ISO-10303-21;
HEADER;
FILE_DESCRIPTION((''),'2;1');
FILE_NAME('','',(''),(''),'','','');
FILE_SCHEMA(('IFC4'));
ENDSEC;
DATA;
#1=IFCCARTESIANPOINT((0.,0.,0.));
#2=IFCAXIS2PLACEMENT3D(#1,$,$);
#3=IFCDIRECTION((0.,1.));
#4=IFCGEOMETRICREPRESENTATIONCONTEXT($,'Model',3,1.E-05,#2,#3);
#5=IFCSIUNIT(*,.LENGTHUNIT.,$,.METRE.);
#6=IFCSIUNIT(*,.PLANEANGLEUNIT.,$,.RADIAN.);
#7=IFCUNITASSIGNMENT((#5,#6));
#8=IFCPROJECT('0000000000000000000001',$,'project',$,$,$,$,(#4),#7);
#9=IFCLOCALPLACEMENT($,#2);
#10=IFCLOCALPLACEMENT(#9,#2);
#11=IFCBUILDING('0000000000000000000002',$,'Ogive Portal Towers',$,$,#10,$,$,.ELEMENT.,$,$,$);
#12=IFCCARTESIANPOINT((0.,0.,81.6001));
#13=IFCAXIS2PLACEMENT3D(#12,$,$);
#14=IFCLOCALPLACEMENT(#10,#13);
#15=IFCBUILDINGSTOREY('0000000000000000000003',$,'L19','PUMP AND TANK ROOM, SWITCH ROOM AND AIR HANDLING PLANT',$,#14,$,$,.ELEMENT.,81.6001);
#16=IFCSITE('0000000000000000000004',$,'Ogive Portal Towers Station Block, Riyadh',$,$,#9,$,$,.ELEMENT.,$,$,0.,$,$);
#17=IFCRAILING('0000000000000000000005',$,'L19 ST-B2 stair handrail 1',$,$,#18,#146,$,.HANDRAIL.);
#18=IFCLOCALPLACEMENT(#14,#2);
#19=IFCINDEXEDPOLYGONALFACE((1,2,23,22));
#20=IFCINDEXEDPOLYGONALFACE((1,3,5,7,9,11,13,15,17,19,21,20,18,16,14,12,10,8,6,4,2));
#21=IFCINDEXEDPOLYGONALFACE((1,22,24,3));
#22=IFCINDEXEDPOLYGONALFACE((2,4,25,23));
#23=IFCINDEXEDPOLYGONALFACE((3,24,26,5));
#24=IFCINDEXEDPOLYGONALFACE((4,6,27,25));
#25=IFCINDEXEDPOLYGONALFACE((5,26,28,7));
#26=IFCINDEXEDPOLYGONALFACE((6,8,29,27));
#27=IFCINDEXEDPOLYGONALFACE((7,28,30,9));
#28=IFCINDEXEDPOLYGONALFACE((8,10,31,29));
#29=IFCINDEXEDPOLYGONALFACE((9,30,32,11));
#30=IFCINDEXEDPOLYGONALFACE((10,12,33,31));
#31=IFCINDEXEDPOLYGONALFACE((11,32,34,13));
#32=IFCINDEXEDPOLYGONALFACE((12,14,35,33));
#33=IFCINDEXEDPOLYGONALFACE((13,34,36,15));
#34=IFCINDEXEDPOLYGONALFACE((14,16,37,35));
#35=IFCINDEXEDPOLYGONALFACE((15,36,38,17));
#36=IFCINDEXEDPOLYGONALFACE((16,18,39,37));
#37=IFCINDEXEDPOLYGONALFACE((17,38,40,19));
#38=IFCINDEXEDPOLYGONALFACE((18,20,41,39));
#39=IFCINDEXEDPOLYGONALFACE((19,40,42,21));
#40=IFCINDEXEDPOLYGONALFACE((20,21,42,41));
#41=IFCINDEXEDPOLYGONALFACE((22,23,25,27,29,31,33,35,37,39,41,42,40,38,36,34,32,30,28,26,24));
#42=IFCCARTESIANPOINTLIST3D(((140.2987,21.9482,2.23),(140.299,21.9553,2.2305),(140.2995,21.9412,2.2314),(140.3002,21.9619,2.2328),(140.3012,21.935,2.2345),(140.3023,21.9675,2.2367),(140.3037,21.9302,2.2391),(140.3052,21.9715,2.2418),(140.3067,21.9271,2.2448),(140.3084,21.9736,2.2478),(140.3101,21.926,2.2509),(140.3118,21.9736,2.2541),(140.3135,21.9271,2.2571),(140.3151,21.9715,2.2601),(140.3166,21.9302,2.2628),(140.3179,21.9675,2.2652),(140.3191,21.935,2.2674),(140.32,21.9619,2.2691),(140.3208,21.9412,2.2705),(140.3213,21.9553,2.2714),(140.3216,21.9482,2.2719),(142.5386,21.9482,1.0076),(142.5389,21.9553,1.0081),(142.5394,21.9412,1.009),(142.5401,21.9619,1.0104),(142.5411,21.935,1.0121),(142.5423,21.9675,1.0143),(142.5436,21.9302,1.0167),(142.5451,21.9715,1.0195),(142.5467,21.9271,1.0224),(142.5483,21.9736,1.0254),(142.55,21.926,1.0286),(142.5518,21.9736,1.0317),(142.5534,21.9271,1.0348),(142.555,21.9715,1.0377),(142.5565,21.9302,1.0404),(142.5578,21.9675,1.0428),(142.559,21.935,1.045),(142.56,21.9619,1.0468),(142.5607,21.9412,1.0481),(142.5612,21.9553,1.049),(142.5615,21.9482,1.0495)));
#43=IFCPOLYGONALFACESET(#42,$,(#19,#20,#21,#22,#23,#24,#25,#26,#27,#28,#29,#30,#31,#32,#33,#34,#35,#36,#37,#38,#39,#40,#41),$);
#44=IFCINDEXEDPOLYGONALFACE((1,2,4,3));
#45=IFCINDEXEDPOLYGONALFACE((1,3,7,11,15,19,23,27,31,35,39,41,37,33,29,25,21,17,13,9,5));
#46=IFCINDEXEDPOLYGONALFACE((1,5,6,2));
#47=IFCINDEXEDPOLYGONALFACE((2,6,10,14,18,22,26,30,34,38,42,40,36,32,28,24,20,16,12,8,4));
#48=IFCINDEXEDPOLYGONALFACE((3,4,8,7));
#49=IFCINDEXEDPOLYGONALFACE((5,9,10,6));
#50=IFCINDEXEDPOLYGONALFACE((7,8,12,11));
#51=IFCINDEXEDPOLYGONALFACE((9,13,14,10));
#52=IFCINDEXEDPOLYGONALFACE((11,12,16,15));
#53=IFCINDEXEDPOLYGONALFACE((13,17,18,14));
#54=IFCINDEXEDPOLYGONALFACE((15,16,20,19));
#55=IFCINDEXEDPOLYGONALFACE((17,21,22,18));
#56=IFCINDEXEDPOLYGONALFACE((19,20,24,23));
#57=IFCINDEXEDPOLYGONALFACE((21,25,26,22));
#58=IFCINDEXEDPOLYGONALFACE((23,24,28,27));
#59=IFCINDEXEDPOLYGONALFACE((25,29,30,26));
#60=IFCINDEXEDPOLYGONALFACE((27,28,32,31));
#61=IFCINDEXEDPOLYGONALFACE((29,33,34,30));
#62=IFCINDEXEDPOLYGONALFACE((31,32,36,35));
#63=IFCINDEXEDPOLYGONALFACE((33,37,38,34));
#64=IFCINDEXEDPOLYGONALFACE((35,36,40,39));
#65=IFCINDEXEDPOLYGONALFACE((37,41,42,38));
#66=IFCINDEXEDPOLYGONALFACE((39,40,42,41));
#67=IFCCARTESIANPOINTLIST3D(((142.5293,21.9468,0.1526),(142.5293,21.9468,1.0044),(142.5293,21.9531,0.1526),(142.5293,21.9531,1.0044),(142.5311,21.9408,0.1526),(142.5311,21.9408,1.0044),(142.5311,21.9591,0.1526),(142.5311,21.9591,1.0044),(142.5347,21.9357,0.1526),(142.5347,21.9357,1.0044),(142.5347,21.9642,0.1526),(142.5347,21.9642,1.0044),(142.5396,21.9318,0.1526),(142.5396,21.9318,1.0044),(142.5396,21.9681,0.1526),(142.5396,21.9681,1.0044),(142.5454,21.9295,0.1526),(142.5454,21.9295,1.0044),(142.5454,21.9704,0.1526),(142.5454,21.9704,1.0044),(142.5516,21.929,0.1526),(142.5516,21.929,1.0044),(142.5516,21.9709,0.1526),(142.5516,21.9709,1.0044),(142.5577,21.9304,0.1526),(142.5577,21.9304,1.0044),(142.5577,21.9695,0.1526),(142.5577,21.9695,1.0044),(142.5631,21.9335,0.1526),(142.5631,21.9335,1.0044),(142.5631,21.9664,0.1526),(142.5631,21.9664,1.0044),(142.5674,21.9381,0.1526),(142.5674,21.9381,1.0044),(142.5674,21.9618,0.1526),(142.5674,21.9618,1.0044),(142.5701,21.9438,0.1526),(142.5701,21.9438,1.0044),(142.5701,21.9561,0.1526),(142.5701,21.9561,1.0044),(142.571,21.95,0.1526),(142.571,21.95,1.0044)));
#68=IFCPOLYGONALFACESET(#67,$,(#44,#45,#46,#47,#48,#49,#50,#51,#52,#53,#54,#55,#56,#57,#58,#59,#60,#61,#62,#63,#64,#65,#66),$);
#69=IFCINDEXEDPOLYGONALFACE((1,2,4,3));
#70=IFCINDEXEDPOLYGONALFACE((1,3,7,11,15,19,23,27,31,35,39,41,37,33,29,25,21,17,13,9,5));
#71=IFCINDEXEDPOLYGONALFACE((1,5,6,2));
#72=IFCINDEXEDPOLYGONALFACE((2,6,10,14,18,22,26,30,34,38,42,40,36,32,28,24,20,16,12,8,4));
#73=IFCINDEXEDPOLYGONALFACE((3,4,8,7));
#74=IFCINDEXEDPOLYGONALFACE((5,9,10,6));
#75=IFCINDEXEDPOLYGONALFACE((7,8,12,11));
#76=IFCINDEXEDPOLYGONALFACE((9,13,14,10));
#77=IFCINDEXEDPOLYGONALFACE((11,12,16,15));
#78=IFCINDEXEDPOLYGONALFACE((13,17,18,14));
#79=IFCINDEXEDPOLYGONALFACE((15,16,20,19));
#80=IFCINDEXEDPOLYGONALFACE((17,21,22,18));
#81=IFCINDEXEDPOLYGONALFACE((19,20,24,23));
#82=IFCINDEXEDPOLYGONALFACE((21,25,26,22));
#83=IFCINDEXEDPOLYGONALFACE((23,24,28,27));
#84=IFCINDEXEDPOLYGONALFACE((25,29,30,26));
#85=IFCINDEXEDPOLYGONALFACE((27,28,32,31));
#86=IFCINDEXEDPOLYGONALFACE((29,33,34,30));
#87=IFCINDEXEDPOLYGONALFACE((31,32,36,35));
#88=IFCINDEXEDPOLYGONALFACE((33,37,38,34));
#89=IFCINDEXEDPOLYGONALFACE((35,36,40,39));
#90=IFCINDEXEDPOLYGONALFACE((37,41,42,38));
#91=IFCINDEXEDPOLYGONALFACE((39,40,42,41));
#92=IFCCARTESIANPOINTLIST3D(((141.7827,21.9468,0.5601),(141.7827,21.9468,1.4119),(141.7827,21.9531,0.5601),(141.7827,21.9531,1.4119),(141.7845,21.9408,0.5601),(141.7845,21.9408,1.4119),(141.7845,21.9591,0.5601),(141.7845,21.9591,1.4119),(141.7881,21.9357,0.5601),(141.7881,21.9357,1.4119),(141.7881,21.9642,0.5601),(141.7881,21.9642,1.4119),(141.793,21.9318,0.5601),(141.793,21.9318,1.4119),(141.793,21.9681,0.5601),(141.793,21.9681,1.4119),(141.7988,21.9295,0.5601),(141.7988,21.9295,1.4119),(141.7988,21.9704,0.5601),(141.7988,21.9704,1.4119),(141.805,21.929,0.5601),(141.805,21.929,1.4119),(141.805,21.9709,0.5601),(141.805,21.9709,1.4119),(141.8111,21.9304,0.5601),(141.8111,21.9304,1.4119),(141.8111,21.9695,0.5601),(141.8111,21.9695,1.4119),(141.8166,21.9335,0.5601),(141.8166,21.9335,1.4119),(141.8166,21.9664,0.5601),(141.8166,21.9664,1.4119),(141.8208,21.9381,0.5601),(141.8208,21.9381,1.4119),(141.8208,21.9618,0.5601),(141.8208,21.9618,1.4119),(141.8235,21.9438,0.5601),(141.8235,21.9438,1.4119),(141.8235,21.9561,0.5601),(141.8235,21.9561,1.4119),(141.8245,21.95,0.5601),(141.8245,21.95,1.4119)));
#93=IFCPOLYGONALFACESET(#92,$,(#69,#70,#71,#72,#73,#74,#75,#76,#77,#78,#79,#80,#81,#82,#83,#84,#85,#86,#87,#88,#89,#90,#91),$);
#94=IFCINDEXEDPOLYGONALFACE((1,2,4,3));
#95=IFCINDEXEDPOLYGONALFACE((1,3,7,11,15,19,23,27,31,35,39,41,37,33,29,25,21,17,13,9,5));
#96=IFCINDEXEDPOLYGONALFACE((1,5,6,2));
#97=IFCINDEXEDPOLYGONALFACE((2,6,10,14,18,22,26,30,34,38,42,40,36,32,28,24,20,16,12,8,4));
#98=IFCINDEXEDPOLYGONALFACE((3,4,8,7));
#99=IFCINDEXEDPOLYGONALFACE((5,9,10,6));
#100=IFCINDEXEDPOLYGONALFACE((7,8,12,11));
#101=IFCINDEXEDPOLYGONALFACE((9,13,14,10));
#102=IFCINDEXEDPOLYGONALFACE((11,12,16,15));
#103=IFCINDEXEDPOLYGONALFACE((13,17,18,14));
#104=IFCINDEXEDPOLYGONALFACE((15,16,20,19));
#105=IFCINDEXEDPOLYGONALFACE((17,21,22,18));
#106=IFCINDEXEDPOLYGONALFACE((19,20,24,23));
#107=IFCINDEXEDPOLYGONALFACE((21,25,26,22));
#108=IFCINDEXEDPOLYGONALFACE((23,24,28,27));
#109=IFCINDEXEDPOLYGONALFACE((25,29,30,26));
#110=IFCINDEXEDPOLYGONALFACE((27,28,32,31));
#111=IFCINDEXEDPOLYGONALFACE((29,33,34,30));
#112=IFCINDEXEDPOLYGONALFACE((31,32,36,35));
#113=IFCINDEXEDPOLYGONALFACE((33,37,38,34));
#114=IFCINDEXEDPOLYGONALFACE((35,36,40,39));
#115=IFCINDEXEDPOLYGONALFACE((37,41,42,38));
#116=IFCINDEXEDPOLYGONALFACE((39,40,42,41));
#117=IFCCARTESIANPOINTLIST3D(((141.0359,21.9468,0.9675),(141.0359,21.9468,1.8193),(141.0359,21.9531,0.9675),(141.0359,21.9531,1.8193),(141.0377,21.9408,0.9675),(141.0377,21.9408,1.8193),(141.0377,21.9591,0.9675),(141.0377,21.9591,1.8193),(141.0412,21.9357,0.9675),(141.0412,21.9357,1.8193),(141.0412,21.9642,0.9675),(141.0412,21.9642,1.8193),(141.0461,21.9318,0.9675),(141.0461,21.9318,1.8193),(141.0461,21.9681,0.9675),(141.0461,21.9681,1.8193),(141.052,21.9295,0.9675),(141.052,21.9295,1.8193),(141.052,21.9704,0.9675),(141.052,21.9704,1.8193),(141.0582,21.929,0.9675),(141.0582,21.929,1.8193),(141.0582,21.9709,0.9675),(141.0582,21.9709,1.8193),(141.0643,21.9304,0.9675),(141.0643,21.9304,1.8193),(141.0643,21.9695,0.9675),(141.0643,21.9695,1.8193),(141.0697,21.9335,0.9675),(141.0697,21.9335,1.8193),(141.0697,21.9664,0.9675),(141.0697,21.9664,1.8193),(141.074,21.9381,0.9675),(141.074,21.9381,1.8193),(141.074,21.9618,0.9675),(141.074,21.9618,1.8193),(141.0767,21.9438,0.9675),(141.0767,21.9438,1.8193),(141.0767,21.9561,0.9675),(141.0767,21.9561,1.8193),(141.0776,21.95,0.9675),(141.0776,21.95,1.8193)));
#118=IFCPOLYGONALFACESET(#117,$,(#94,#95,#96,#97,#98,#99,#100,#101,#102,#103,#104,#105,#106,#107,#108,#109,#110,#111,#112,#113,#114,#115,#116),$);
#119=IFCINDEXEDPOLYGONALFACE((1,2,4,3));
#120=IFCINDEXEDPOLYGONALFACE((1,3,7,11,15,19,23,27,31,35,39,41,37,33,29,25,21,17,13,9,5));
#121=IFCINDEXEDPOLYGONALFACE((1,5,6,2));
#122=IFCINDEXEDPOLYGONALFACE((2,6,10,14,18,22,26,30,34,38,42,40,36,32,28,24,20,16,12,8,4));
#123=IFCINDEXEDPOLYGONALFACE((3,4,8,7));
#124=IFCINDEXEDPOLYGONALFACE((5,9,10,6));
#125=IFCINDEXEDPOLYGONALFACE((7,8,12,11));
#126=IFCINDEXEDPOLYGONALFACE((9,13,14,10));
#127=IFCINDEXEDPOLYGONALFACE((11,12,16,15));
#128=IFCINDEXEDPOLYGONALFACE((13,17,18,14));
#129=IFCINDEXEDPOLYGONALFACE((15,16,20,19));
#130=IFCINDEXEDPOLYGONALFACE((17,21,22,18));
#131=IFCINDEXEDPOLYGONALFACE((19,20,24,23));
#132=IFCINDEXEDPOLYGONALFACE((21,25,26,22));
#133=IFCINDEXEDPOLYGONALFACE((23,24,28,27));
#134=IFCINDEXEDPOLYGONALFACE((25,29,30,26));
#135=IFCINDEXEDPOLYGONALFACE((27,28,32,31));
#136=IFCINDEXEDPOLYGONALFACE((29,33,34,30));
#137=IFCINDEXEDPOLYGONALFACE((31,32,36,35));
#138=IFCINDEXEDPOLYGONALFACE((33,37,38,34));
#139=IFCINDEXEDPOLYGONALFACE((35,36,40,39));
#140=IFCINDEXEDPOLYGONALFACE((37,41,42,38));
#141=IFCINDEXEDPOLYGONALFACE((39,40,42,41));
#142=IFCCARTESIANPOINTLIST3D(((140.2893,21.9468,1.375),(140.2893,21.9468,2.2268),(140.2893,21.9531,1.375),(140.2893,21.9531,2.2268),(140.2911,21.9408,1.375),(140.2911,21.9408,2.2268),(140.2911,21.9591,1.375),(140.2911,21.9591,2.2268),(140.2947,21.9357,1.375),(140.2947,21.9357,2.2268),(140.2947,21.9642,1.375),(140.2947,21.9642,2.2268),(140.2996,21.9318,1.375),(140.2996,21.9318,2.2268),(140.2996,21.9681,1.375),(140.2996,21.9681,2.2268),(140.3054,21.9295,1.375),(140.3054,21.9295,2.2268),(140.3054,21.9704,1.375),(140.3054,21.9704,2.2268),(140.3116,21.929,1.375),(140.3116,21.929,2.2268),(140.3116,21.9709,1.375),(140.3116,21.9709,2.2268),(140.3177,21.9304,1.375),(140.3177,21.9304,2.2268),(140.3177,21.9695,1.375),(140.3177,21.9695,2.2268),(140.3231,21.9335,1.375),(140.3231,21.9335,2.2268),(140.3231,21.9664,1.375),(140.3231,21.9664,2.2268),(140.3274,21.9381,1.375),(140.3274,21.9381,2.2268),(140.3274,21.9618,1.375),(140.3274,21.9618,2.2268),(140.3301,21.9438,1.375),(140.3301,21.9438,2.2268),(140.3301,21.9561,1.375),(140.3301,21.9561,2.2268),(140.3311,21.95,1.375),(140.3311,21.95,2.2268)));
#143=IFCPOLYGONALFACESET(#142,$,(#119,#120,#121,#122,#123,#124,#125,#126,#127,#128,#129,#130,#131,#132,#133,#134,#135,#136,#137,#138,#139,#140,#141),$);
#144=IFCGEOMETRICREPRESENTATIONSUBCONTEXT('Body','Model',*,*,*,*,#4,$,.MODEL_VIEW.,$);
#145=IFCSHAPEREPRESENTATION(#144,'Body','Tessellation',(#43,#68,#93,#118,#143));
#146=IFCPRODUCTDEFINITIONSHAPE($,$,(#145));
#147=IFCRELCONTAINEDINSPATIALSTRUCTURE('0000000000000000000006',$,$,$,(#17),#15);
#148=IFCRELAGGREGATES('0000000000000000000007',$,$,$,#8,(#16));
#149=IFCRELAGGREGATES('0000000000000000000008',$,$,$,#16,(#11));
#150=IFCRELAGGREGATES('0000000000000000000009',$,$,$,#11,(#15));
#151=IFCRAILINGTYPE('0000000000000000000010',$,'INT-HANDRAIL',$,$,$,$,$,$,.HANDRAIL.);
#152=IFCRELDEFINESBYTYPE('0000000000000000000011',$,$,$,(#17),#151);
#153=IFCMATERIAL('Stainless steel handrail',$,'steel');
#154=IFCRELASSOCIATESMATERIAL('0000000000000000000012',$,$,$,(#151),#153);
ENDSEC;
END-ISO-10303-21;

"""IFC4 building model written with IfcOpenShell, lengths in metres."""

from ifc_helpers import new_model, si_unit, direction, frame, origin, origin_2d, place, context, subcontext, project, spatial, circle, extrude, material, type_object, element, save


model = new_model("IFC4")

# Units and contexts
model_context = context("Model", 3, precision=1e-05, world=origin(), true_north=direction((0.0, 1.0)))
body_context = subcontext(model_context, "Body", "Model", "MODEL_VIEW")
ifc_project = project(units=[si_unit("LENGTHUNIT", "METRE"), si_unit("PLANEANGLEUNIT", "RADIAN")], contexts=[model_context])

# Site, building, storey
site_placement = place(None, origin())
site = spatial("IfcSite", under=ifc_project, at=site_placement, Name="Ogive Portal Towers Station Block, Riyadh", CompositionType="ELEMENT", RefElevation=0.0)
building_placement = place(site_placement, origin())
building = spatial("IfcBuilding", under=site, at=building_placement, Name="Ogive Portal Towers", CompositionType="ELEMENT")
storey_placement = place(building_placement, frame((0.0, 0.0, 81.6001)))
storey = spatial("IfcBuildingStorey", under=building, at=storey_placement, Name="L19", Description="PUMP AND TANK ROOM, SWITCH ROOM AND AIR HANDLING PLANT", CompositionType="ELEMENT", Elevation=81.6001)

# Railing
ifc_material_1 = material(Name="Stainless steel handrail", Category="steel")
railing_type_1 = type_object("IfcRailingType", Name="INT-HANDRAIL", PredefinedType="HANDRAIL", material=ifc_material_1)
railing_1_placement = place(storey_placement, frame((142.55, 21.95, 0.1526)))
element("IfcRailing", 1, at=railing_1_placement, inside=storey, type_object=railing_type_1, Name="L19 ST-B2 stair handrail 1", PredefinedType="HANDRAIL", context=body_context, shape_type="SweptSolid", body=[
    extrude(circle(Radius=0.0239, at=origin_2d()), frame((0.0, 0.0, 0.876), z_axis=(-0.877797, 0.0, 0.479033), x_axis=(0.0, -1.0, 0.0)), (0.0, 0.0, 1.0), 2.5518),
    extrude(circle(Radius=0.021, at=origin_2d()), origin(), (0.0, 0.0, 1.0), 0.8518),
    extrude(circle(Radius=0.021, at=origin_2d()), frame((-0.7466, 0.0, 0.4075)), (0.0, 0.0, 1.0), 0.8518),
    extrude(circle(Radius=0.021, at=origin_2d()), frame((-1.4934, 0.0, 0.8149)), (0.0, 0.0, 1.0), 0.8518),
    extrude(circle(Radius=0.021, at=origin_2d()), frame((-2.24, 0.0, 1.2224)), (0.0, 0.0, 1.0), 0.8518),
])

save(model, "model.ifc")
